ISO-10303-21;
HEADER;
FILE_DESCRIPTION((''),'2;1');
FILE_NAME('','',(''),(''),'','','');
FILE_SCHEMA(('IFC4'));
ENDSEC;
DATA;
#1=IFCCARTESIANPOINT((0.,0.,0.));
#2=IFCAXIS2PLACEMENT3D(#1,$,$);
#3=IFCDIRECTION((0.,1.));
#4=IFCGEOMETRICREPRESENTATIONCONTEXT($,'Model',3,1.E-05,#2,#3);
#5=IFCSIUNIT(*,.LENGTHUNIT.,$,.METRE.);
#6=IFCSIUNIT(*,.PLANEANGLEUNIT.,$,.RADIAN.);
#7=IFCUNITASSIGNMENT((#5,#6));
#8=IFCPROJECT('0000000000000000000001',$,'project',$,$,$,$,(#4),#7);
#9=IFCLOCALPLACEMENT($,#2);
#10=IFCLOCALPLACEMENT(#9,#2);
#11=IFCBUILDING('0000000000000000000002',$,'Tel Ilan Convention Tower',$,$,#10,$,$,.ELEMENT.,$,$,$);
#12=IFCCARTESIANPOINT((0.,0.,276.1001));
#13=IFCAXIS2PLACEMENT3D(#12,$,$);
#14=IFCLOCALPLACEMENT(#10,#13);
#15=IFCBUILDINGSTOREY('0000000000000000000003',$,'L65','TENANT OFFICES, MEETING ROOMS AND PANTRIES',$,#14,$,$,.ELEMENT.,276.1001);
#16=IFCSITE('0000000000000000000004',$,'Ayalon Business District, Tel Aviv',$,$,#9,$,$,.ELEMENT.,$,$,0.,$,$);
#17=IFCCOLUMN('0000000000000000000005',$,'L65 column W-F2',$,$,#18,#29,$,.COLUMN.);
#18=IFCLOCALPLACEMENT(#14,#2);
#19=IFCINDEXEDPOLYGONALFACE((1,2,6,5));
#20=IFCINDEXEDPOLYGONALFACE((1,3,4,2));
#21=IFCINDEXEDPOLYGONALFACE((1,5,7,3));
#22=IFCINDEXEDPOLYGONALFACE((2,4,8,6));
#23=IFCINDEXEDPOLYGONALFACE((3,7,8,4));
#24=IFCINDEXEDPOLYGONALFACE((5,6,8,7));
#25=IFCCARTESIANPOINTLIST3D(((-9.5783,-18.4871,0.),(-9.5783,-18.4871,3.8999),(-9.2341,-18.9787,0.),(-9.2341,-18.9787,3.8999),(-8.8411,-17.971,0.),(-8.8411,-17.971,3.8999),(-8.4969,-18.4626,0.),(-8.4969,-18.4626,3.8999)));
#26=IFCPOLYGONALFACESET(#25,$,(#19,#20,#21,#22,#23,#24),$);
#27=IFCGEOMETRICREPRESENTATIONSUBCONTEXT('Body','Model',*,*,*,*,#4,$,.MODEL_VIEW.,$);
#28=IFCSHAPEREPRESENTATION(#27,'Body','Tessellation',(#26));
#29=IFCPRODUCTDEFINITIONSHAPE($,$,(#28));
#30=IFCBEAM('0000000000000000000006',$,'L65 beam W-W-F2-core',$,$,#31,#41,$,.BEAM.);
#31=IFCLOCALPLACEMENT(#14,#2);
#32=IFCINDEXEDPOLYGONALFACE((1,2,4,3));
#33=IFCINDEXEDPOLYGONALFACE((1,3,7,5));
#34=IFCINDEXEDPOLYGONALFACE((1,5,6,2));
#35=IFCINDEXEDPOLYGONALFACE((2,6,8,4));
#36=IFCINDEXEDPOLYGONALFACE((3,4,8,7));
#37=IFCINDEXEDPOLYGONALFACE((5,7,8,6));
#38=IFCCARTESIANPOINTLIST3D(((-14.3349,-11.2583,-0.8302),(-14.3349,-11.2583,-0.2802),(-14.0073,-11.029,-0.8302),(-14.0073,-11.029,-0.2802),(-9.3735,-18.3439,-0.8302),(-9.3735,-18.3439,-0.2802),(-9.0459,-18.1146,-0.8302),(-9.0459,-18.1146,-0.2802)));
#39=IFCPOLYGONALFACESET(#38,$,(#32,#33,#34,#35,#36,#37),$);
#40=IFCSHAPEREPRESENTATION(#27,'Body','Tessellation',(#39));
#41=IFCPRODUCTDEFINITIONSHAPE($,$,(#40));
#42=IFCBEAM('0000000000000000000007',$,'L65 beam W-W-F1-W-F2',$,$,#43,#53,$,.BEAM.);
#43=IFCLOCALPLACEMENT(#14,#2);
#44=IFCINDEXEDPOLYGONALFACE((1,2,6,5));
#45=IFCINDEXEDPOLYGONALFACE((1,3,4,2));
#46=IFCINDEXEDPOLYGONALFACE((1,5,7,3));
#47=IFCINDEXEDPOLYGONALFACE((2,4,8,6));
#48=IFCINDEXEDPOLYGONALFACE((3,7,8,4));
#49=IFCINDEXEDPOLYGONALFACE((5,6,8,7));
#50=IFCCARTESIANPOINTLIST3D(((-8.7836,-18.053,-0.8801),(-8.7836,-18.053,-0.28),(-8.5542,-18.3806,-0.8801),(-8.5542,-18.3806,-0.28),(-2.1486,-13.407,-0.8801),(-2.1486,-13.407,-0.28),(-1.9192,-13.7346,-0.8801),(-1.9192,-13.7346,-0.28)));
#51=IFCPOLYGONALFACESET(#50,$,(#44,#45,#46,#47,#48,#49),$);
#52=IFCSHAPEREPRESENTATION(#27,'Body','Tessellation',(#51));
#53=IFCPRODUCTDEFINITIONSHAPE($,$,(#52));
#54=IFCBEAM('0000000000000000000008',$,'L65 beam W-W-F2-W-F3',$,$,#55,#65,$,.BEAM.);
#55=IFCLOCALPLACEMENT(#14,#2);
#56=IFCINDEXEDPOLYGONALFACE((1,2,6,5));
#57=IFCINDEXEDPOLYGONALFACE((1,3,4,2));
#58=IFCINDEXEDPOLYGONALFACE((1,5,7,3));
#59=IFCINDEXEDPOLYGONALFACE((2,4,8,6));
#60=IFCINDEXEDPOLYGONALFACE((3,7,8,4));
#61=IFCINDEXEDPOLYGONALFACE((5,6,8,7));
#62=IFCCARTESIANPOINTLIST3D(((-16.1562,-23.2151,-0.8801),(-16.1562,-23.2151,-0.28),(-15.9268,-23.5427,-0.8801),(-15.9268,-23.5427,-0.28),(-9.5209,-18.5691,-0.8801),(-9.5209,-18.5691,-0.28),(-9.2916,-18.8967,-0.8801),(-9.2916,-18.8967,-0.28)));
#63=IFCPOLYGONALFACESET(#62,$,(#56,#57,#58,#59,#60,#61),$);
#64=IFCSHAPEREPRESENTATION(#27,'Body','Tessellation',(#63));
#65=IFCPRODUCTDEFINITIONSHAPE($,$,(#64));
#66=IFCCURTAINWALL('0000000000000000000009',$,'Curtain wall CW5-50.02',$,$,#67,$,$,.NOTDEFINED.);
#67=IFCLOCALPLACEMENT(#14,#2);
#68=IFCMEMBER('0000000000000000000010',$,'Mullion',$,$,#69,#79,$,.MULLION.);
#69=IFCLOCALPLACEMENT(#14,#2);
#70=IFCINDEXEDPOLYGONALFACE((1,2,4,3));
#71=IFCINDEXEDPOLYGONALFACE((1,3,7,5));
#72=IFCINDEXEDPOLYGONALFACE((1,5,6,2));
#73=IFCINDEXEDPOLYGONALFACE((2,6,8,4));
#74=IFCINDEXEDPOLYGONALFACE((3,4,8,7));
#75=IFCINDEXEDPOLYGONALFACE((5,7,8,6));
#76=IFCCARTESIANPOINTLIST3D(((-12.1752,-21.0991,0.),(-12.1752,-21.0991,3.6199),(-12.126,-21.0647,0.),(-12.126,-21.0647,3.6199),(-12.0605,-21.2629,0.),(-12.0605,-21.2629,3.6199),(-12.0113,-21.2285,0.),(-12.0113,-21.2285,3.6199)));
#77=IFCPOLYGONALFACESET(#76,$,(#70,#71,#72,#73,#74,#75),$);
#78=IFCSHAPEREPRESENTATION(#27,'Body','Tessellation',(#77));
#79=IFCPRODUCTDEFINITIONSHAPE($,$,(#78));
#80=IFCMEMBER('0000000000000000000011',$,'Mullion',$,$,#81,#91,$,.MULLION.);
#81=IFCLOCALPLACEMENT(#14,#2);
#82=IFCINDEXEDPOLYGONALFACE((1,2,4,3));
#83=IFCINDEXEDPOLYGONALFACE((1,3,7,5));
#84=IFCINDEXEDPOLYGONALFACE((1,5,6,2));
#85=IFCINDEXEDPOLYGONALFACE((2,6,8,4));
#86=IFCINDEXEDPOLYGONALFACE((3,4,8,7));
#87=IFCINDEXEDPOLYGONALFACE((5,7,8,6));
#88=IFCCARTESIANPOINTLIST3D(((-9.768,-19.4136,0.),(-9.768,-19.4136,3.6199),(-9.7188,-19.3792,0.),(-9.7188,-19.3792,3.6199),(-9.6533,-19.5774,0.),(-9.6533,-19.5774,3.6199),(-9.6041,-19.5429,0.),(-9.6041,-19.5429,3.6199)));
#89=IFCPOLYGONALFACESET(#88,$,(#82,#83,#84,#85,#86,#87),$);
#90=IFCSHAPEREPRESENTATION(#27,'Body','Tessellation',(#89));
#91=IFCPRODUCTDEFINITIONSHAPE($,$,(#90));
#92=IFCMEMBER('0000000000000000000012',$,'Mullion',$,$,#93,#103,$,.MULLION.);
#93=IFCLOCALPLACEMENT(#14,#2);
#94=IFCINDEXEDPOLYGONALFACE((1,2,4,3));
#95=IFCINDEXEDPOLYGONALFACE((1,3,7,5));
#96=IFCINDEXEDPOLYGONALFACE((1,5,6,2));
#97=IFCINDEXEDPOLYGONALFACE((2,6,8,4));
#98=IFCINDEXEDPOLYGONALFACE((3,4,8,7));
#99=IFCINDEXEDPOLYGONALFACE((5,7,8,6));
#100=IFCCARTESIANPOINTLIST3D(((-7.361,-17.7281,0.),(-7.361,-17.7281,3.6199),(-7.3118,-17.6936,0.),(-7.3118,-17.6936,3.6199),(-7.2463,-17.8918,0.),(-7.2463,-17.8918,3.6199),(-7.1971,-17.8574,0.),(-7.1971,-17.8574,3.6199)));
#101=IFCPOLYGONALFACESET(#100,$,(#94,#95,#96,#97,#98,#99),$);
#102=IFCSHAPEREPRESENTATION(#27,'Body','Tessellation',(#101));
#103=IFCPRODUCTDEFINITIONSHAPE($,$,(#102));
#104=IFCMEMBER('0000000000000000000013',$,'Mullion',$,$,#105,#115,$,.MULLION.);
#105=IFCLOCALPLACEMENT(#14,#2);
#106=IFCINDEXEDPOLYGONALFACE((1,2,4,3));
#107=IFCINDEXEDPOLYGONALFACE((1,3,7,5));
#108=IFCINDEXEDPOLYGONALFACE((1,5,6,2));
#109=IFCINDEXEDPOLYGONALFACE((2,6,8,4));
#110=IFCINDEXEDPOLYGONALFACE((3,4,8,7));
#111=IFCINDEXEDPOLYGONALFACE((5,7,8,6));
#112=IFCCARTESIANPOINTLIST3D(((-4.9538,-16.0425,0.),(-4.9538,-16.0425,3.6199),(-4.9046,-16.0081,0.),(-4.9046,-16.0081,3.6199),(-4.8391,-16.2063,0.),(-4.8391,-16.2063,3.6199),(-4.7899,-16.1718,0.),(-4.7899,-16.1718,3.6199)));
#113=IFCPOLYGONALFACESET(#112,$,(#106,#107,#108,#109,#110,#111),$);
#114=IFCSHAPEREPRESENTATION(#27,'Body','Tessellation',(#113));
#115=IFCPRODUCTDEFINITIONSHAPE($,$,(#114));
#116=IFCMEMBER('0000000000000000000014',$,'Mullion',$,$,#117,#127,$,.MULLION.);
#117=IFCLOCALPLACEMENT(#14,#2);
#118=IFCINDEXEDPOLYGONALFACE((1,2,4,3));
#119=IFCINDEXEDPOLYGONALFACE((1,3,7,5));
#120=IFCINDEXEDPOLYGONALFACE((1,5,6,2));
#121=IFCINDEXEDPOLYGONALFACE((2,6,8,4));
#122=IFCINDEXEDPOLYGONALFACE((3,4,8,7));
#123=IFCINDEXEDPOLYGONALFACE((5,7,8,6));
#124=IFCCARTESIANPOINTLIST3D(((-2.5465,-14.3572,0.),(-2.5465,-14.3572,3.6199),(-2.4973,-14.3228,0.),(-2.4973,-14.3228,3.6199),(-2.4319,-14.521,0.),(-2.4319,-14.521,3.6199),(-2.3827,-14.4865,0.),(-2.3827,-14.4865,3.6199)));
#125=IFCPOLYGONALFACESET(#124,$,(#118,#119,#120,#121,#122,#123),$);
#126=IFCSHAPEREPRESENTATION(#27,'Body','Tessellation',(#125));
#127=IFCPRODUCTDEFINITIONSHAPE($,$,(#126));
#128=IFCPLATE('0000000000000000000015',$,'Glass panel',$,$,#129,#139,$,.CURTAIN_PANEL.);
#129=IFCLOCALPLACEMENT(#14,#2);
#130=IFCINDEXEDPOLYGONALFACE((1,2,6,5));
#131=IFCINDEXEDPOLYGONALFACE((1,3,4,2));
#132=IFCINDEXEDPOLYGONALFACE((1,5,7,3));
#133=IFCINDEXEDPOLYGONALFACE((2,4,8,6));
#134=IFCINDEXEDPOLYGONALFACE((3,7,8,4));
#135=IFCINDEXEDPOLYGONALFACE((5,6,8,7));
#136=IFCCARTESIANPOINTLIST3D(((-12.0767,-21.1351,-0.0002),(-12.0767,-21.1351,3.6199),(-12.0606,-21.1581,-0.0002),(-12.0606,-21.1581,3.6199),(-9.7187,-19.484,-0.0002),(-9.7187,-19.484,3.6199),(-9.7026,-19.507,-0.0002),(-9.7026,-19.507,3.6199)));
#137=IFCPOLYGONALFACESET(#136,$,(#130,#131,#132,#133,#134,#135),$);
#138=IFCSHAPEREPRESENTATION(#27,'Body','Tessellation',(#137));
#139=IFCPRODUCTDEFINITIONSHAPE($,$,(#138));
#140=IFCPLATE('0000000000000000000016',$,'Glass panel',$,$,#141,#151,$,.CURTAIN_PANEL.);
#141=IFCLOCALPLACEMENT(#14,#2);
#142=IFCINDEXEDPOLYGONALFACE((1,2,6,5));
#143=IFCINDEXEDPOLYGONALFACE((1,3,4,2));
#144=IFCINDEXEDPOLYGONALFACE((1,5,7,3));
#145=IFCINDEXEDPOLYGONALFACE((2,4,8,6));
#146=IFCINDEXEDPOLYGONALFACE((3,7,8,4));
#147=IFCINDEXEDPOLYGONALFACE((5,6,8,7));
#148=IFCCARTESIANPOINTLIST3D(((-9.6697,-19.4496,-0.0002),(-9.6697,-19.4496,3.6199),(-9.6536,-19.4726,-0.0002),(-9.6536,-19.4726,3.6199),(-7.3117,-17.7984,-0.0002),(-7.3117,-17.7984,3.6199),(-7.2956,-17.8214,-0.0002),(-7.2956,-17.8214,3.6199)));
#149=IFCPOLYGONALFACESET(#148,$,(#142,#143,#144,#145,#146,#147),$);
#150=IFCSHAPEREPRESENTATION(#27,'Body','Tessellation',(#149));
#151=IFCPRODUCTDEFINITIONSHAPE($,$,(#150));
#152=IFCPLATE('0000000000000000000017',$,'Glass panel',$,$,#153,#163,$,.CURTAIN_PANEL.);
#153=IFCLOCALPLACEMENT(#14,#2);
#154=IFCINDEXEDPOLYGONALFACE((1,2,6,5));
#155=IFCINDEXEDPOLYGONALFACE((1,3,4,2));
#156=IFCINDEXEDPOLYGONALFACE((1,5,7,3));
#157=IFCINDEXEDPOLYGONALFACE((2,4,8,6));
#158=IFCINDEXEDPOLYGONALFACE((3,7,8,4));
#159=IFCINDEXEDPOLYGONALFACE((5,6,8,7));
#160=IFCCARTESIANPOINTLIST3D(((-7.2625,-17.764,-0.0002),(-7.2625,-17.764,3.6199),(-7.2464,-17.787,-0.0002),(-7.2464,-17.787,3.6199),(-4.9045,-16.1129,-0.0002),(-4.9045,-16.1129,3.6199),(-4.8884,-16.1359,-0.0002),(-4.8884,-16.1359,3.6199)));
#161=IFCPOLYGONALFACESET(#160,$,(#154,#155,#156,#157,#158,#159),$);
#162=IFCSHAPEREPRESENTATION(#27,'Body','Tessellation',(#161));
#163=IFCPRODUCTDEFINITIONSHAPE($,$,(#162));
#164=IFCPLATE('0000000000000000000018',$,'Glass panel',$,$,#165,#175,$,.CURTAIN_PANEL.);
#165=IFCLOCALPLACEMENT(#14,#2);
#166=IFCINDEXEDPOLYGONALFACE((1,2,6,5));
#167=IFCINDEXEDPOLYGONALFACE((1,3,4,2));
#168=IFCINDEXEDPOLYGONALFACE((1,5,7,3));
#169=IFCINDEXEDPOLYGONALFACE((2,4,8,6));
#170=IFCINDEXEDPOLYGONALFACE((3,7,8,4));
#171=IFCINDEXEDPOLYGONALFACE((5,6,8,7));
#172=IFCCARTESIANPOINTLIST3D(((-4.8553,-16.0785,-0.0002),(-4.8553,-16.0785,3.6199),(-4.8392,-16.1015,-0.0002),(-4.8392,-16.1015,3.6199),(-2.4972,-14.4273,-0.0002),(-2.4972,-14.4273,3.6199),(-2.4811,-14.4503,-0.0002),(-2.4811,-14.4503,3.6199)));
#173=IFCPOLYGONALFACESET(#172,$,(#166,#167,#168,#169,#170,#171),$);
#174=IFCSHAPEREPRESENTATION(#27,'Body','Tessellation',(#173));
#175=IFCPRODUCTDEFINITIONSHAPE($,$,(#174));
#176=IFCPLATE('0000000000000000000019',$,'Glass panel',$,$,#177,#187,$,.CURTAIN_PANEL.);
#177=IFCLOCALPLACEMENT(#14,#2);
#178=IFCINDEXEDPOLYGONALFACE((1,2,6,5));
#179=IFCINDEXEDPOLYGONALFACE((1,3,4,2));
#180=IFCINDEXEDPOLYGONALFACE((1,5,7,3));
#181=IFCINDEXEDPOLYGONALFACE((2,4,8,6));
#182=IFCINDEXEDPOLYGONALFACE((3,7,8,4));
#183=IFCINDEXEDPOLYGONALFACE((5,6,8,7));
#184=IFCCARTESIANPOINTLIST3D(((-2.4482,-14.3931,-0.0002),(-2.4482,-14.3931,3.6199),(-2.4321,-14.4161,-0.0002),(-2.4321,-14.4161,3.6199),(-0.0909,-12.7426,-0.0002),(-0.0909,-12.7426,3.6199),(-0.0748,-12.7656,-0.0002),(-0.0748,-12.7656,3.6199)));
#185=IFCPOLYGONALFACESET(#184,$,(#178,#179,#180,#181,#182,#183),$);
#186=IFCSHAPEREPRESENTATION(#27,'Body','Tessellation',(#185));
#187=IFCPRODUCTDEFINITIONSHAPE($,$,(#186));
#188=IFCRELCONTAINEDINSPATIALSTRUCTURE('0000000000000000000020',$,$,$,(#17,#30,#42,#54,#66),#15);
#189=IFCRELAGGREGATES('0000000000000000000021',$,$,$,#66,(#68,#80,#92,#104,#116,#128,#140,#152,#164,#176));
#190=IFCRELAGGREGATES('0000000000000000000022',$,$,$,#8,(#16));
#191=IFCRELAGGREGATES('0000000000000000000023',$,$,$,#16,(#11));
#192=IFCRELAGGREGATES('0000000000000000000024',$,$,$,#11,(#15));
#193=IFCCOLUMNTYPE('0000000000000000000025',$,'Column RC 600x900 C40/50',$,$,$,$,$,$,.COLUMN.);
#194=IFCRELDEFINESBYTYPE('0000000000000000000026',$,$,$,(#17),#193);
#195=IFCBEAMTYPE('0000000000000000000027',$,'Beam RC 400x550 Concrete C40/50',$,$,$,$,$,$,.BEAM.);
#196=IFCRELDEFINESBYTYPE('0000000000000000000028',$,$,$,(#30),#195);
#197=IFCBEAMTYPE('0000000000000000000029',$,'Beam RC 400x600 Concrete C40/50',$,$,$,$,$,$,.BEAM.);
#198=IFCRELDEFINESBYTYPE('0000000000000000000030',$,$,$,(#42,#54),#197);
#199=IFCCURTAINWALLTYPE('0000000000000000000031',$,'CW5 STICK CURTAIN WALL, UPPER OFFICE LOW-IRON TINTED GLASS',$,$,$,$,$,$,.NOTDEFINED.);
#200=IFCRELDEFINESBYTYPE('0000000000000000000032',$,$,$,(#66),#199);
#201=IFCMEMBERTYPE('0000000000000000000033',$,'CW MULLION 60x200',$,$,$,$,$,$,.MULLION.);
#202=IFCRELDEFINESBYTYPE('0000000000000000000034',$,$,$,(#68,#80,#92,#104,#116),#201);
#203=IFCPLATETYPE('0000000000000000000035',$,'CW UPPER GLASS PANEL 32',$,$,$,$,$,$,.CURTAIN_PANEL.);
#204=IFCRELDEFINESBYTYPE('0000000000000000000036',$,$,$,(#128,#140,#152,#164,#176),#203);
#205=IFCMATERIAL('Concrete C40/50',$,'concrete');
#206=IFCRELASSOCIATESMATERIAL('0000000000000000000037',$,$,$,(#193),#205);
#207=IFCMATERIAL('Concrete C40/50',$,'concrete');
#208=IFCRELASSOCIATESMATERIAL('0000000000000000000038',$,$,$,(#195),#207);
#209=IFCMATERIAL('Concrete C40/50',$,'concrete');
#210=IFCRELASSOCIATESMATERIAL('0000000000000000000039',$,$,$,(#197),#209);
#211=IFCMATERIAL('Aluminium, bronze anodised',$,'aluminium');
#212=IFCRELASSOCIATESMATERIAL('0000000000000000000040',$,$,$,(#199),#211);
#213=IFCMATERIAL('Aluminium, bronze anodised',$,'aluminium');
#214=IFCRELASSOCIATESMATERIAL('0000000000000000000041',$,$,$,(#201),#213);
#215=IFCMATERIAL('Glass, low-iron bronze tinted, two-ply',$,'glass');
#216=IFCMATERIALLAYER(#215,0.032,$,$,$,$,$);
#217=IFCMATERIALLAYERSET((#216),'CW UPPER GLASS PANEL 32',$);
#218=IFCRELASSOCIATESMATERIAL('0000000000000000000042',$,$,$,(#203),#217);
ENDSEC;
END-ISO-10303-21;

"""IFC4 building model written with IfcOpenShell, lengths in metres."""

from ifc_helpers import new_model, si_unit, direction, frame, origin, origin_2d, place, context, subcontext, project, spatial, rectangle, extrude, material, layer, layer_set, material_profile, profile_set, type_object, element, aggregate, save


model = new_model("IFC4")

# Units and contexts
model_context = context("Model", 3, precision=1e-05, world=origin(), true_north=direction((0.0, 1.0)))
body_context = subcontext(model_context, "Body", "Model", "MODEL_VIEW")
ifc_project = project(units=[si_unit("LENGTHUNIT", "METRE"), si_unit("PLANEANGLEUNIT", "RADIAN")], contexts=[model_context])

# Site, building, storey
site_placement = place(None, origin())
site = spatial("IfcSite", under=ifc_project, at=site_placement, Name="Ayalon Business District, Tel Aviv", CompositionType="ELEMENT", RefElevation=0.0)
building_placement = place(site_placement, origin())
building = spatial("IfcBuilding", under=site, at=building_placement, Name="Tel Ilan Convention Tower", CompositionType="ELEMENT")
storey_placement = place(building_placement, frame((0.0, 0.0, 276.1001)))
storey = spatial("IfcBuildingStorey", under=building, at=storey_placement, Name="L65", Description="TENANT OFFICES, MEETING ROOMS AND PANTRIES", CompositionType="ELEMENT", Elevation=276.1001)

# Column
ifc_material_1 = material(Name="Concrete C40/50", Category="concrete")
ifc_material_profile_1 = material_profile(ifc_material_1, rectangle(XDim=0.8999, YDim=0.6001, at=origin_2d()), Name="RC 600x900")
ifc_profile_set_1 = profile_set([ifc_material_profile_1], Name="Concrete C40/50")
column_type = type_object("IfcColumnType", Name="Column RC 600x900 C40/50", PredefinedType="COLUMN", material=ifc_profile_set_1)
column_placement = place(storey_placement, frame((-9.0376, -18.4749, 0.0), z_axis=(0.0, 0.0, 1.0), x_axis=(-0.819152, -0.573576, 0.0)))
element("IfcColumn", 1, at=column_placement, inside=storey, type_object=column_type, Name="L65 column W-F2", PredefinedType="COLUMN", context=body_context, shape_type="SweptSolid", body=[
    extrude(rectangle(XDim=0.8999, YDim=0.6001, at=origin_2d()), origin(), (0.0, 0.0, 1.0), 3.8999),
])

# Beams
ifc_material_2 = material(Name="Concrete C40/50", Category="concrete")
ifc_material_profile_2 = material_profile(ifc_material_2, rectangle(XDim=0.3999, YDim=0.55, at=origin_2d()), Name="RC 400x550")
ifc_profile_set_2 = profile_set([ifc_material_profile_2], Name="Concrete C40/50")
beam_type_1 = type_object("IfcBeamType", Name="Beam RC 400x550 Concrete C40/50", PredefinedType="BEAM", material=ifc_profile_set_2)
beam_1_placement = place(storey_placement, frame((-9.2097, -18.2292, -0.5552), z_axis=(-0.573574, 0.819154, 0.0), x_axis=(-0.819154, -0.573574, 0.0)))
element("IfcBeam", 2, at=beam_1_placement, inside=storey, type_object=beam_type_1, Name="L65 beam W-W-F2-core", PredefinedType="BEAM", context=body_context, shape_type="SweptSolid", body=[
    extrude(rectangle(XDim=0.3999, YDim=0.55, at=origin_2d()), origin(), (0.0, 0.0, 1.0), 8.6499),
])
ifc_material_3 = material(Name="Concrete C40/50", Category="concrete")
ifc_material_profile_3 = material_profile(ifc_material_3, rectangle(XDim=0.3999, YDim=0.6001, at=origin_2d()), Name="RC 400x600")
ifc_profile_set_3 = profile_set([ifc_material_profile_3], Name="Concrete C40/50")
beam_type_2 = type_object("IfcBeamType", Name="Beam RC 400x600 Concrete C40/50", PredefinedType="BEAM", material=ifc_profile_set_3)
beam_2_placement = place(storey_placement, frame((-2.0339, -13.5708, -0.5801), z_axis=(-0.819146, -0.573586, 0.0), x_axis=(0.573586, -0.819146, 0.0)))
element("IfcBeam", 3, at=beam_2_placement, inside=storey, type_object=beam_type_2, Name="L65 beam W-W-F1-W-F2", PredefinedType="BEAM", context=body_context, shape_type="SweptSolid", body=[
    extrude(rectangle(XDim=0.3999, YDim=0.6001, at=origin_2d()), origin(), (0.0, 0.0, 1.0), 8.0999),
])
beam_3_placement = place(storey_placement, frame((-9.4062, -18.7329, -0.5801), z_axis=(-0.819155, -0.573572, 0.0), x_axis=(0.573572, -0.819155, 0.0)))
element("IfcBeam", 4, at=beam_3_placement, inside=storey, type_object=beam_type_2, Name="L65 beam W-W-F2-W-F3", PredefinedType="BEAM", context=body_context, shape_type="SweptSolid", body=[
    extrude(rectangle(XDim=0.3999, YDim=0.6001, at=origin_2d()), origin(), (0.0, 0.0, 1.0), 8.1001),
])

# Curtain wall, members, plates
ifc_material_4 = material(Name="Aluminium, bronze anodised", Category="aluminium")
curtain_wall_type = type_object("IfcCurtainWallType", Name="CW5 STICK CURTAIN WALL, UPPER OFFICE LOW-IRON TINTED GLASS", PredefinedType="NOTDEFINED", material=ifc_material_4)
curtain_wall_placement = place(storey_placement, origin())
curtain_wall = element("IfcCurtainWall", 5, at=curtain_wall_placement, inside=storey, type_object=curtain_wall_type, Name="Curtain wall CW5-50.02", PredefinedType="NOTDEFINED")
ifc_material_5 = material(Name="Aluminium, bronze anodised", Category="aluminium")
ifc_material_profile_4 = material_profile(ifc_material_5, rectangle(XDim=0.0601, YDim=0.2, at=origin_2d()), Name="CW MULLION 60x200")
ifc_profile_set_4 = profile_set([ifc_material_profile_4], Name="Aluminium, bronze anodised")
member_type = type_object("IfcMemberType", Name="CW MULLION 60x200", PredefinedType="MULLION", material=ifc_profile_set_4)
member_1_placement = place(storey_placement, frame((-12.0933, -21.1638, 0.0), z_axis=(0.0, 0.0, 1.0), x_axis=(0.819152, 0.573576, 0.0)))
member_1 = element("IfcMember", 6, at=member_1_placement, type_object=member_type, Name="Mullion", PredefinedType="MULLION", context=body_context, shape_type="SweptSolid", body=[
    extrude(rectangle(XDim=0.0601, YDim=0.2, at=origin_2d()), origin(), (0.0, 0.0, 1.0), 3.6199),
])
member_2_placement = place(storey_placement, frame((-9.686, -19.4783, 0.0), z_axis=(0.0, 0.0, 1.0), x_axis=(0.819152, 0.573576, 0.0)))
member_2 = element("IfcMember", 7, at=member_2_placement, type_object=member_type, Name="Mullion", PredefinedType="MULLION", context=body_context, shape_type="SweptSolid", body=[
    extrude(rectangle(XDim=0.0601, YDim=0.2, at=origin_2d()), origin(), (0.0, 0.0, 1.0), 3.6199),
])
member_3_placement = place(storey_placement, frame((-7.2791, -17.7927, 0.0), z_axis=(0.0, 0.0, 1.0), x_axis=(0.819152, 0.573576, 0.0)))
member_3 = element("IfcMember", 8, at=member_3_placement, type_object=member_type, Name="Mullion", PredefinedType="MULLION", context=body_context, shape_type="SweptSolid", body=[
    extrude(rectangle(XDim=0.0601, YDim=0.2, at=origin_2d()), origin(), (0.0, 0.0, 1.0), 3.6199),
])
member_4_placement = place(storey_placement, frame((-4.8718, -16.1072, 0.0), z_axis=(0.0, 0.0, 1.0), x_axis=(0.819152, 0.573576, 0.0)))
member_4 = element("IfcMember", 9, at=member_4_placement, type_object=member_type, Name="Mullion", PredefinedType="MULLION", context=body_context, shape_type="SweptSolid", body=[
    extrude(rectangle(XDim=0.0601, YDim=0.2, at=origin_2d()), origin(), (0.0, 0.0, 1.0), 3.6199),
])
member_5_placement = place(storey_placement, frame((-2.4646, -14.4219, 0.0), z_axis=(0.0, 0.0, 1.0), x_axis=(0.819152, 0.573576, 0.0)))
member_5 = element("IfcMember", 10, at=member_5_placement, type_object=member_type, Name="Mullion", PredefinedType="MULLION", context=body_context, shape_type="SweptSolid", body=[
    extrude(rectangle(XDim=0.0601, YDim=0.2, at=origin_2d()), origin(), (0.0, 0.0, 1.0), 3.6199),
])
ifc_material_6 = material(Name="Glass, low-iron bronze tinted, two-ply", Category="glass")
ifc_layer_1 = layer(ifc_material_6, 0.032)
ifc_layer_set_1 = layer_set([ifc_layer_1], Name="CW UPPER GLASS PANEL 32")
plate_type = type_object("IfcPlateType", Name="CW UPPER GLASS PANEL 32", PredefinedType="CURTAIN_PANEL", material=ifc_layer_set_1)
plate_1_placement = place(storey_placement, frame((-10.8896, -20.321, -0.0002), z_axis=(0.0, 0.0, 1.0), x_axis=(0.819152, 0.573576, 0.0)))
plate_1 = element("IfcPlate", 11, at=plate_1_placement, type_object=plate_type, Name="Glass panel", PredefinedType="CURTAIN_PANEL", context=body_context, shape_type="SweptSolid", body=[
    extrude(rectangle(XDim=2.8787, YDim=0.0281, at=origin_2d()), origin(), (0.0, 0.0, 1.0), 3.6201),
])
plate_2_placement = place(storey_placement, frame((-8.4827, -18.6355, -0.0002), z_axis=(0.0, 0.0, 1.0), x_axis=(0.819152, 0.573576, 0.0)))
plate_2 = element("IfcPlate", 12, at=plate_2_placement, type_object=plate_type, Name="Glass panel", PredefinedType="CURTAIN_PANEL", context=body_context, shape_type="SweptSolid", body=[
    extrude(rectangle(XDim=2.8787, YDim=0.0281, at=origin_2d()), origin(), (0.0, 0.0, 1.0), 3.6201),
])
plate_3_placement = place(storey_placement, frame((-6.0754, -16.95, -0.0002), z_axis=(0.0, 0.0, 1.0), x_axis=(0.819152, 0.573576, 0.0)))
plate_3 = element("IfcPlate", 13, at=plate_3_placement, type_object=plate_type, Name="Glass panel", PredefinedType="CURTAIN_PANEL", context=body_context, shape_type="SweptSolid", body=[
    extrude(rectangle(XDim=2.8787, YDim=0.0281, at=origin_2d()), origin(), (0.0, 0.0, 1.0), 3.6201),
])
plate_4_placement = place(storey_placement, frame((-3.6682, -15.2644, -0.0002), z_axis=(0.0, 0.0, 1.0), x_axis=(0.819152, 0.573576, 0.0)))
plate_4 = element("IfcPlate", 14, at=plate_4_placement, type_object=plate_type, Name="Glass panel", PredefinedType="CURTAIN_PANEL", context=body_context, shape_type="SweptSolid", body=[
    extrude(rectangle(XDim=2.8787, YDim=0.0281, at=origin_2d()), origin(), (0.0, 0.0, 1.0), 3.6201),
])
plate_5_placement = place(storey_placement, frame((-1.2615, -13.5793, -0.0002), z_axis=(0.0, 0.0, 1.0), x_axis=(0.819152, 0.573576, 0.0)))
plate_5 = element("IfcPlate", 15, at=plate_5_placement, type_object=plate_type, Name="Glass panel", PredefinedType="CURTAIN_PANEL", context=body_context, shape_type="SweptSolid", body=[
    extrude(rectangle(XDim=2.8777, YDim=0.0281, at=origin_2d()), origin(), (0.0, 0.0, 1.0), 3.6201),
])
aggregate(curtain_wall, [member_1, member_2, member_3, member_4, member_5, plate_1, plate_2, plate_3, plate_4, plate_5])

save(model, "model.ifc")
